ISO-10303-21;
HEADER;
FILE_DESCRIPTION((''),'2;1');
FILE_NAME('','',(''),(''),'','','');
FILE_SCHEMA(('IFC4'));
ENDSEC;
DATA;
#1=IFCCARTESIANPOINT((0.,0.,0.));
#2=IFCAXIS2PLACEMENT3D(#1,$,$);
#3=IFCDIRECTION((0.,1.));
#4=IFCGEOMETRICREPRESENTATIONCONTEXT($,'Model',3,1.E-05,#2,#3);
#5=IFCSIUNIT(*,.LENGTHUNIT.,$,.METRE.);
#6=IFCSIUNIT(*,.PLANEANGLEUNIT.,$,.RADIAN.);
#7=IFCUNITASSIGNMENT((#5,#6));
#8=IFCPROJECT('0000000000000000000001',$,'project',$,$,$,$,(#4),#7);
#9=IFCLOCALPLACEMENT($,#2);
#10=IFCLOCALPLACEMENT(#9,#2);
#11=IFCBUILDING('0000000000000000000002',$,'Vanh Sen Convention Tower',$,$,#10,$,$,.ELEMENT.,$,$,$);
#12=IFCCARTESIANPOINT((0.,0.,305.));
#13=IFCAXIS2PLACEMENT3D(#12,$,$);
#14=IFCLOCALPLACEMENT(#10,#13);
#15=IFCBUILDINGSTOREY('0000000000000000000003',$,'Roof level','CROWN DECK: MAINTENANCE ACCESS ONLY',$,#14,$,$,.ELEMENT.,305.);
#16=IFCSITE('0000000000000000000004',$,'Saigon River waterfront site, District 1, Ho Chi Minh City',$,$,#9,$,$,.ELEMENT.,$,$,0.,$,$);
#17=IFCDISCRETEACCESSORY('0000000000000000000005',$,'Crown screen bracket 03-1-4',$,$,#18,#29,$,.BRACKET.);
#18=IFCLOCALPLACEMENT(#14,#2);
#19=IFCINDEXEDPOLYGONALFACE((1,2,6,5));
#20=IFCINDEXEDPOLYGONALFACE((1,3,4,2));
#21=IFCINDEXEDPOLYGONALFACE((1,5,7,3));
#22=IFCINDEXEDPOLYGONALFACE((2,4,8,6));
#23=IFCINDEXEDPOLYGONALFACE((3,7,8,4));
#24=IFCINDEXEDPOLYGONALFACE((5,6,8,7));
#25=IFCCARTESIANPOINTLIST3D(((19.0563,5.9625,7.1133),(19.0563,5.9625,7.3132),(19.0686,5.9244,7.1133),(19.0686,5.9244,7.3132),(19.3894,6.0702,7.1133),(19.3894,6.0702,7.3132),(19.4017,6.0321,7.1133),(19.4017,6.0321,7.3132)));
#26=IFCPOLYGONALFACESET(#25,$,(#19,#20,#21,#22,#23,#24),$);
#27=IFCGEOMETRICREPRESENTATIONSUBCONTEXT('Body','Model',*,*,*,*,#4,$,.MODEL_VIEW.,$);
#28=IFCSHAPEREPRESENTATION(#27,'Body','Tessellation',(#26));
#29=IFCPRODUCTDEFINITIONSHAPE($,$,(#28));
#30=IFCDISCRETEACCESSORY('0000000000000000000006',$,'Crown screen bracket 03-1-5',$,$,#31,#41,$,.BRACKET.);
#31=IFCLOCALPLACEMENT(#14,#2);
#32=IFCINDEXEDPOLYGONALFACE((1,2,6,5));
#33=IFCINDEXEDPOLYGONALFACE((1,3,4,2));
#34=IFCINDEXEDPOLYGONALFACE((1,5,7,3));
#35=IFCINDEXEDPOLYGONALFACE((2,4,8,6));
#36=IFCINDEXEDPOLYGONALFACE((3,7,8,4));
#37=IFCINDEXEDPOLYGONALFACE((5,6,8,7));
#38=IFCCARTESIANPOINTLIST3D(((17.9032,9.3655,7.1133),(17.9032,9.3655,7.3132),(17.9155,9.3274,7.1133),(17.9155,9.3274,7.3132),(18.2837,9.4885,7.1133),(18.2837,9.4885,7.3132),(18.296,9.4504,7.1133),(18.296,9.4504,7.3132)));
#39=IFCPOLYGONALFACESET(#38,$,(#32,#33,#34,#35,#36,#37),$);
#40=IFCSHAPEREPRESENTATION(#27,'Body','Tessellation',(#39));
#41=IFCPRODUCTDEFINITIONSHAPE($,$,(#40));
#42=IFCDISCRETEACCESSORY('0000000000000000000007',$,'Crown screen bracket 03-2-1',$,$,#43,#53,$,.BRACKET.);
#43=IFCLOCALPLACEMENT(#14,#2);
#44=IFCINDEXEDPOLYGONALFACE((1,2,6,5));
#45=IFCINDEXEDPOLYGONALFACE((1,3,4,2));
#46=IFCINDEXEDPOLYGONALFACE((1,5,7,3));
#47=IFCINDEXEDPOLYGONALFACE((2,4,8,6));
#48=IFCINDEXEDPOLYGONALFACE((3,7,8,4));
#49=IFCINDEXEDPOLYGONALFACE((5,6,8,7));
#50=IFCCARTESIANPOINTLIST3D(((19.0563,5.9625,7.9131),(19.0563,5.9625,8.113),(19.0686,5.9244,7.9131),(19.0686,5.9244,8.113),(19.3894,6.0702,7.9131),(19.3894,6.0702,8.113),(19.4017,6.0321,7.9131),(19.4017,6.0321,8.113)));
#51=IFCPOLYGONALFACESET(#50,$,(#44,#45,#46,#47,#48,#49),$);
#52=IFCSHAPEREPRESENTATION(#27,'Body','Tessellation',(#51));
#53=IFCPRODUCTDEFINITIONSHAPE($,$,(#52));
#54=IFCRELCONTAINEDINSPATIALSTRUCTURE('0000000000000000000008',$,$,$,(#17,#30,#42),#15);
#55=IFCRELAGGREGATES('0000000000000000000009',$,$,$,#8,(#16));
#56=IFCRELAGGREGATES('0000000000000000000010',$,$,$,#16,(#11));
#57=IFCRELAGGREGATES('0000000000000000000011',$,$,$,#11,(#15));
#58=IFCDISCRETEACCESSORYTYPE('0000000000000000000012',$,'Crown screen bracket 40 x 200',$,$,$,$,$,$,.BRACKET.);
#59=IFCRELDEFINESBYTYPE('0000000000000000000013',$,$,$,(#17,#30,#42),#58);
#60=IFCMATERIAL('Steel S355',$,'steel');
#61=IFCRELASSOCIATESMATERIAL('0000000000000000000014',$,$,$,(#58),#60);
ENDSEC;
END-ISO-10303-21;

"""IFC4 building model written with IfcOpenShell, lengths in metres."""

from ifc_helpers import new_model, si_unit, direction, frame, origin, origin_2d, place, context, subcontext, project, spatial, rectangle, extrude, material, type_object, element, save


model = new_model("IFC4")

# Units and contexts
model_context = context("Model", 3, precision=1e-05, world=origin(), true_north=direction((0.0, 1.0)))
body_context = subcontext(model_context, "Body", "Model", "MODEL_VIEW")
ifc_project = project(units=[si_unit("LENGTHUNIT", "METRE"), si_unit("PLANEANGLEUNIT", "RADIAN")], contexts=[model_context])

# Site, building, storey
site_placement = place(None, origin())
site = spatial("IfcSite", under=ifc_project, at=site_placement, Name="Saigon River waterfront site, District 1, Ho Chi Minh City", CompositionType="ELEMENT", RefElevation=0.0)
building_placement = place(site_placement, origin())
building = spatial("IfcBuilding", under=site, at=building_placement, Name="Vanh Sen Convention Tower", CompositionType="ELEMENT")
storey_placement = place(building_placement, frame((0.0, 0.0, 305.0)))
storey = spatial("IfcBuildingStorey", under=building, at=storey_placement, Name="Roof level", Description="CROWN DECK: MAINTENANCE ACCESS ONLY", CompositionType="ELEMENT", Elevation=305.0)

# Discrete accessories
ifc_material_1 = material(Name="Steel S355", Category="steel")
discrete_accessory_type_1 = type_object("IfcDiscreteAccessoryType", Name="Crown screen bracket 40 x 200", PredefinedType="BRACKET", material=ifc_material_1)
discrete_accessory_1_placement = place(storey_placement, frame((19.229, 5.9973, 7.1133), z_axis=(0.0, 0.0, 1.0), x_axis=(0.951473, 0.307734, 0.0)))
element("IfcDiscreteAccessory", 1, at=discrete_accessory_1_placement, inside=storey, type_object=discrete_accessory_type_1, Name="Crown screen bracket 03-1-4", PredefinedType="BRACKET", context=body_context, shape_type="SweptSolid", body=[
    extrude(rectangle(XDim=0.3501, YDim=0.04, at=origin_2d()), origin(), (0.0, 0.0, 1.0), 0.2),
])
discrete_accessory_2_placement = place(storey_placement, frame((18.0996, 9.408, 7.1133), z_axis=(0.0, 0.0, 1.0), x_axis=(0.951473, 0.307734, 0.0)))
element("IfcDiscreteAccessory", 2, at=discrete_accessory_2_placement, inside=storey, type_object=discrete_accessory_type_1, Name="Crown screen bracket 03-1-5", PredefinedType="BRACKET", context=body_context, shape_type="SweptSolid", body=[
    extrude(rectangle(XDim=0.3999, YDim=0.04, at=origin_2d()), origin(), (0.0, 0.0, 1.0), 0.2),
])
discrete_accessory_3_placement = place(storey_placement, frame((19.229, 5.9973, 7.9131), z_axis=(0.0, 0.0, 1.0), x_axis=(0.951473, 0.307734, 0.0)))
element("IfcDiscreteAccessory", 3, at=discrete_accessory_3_placement, inside=storey, type_object=discrete_accessory_type_1, Name="Crown screen bracket 03-2-1", PredefinedType="BRACKET", context=body_context, shape_type="SweptSolid", body=[
    extrude(rectangle(XDim=0.3501, YDim=0.04, at=origin_2d()), origin(), (0.0, 0.0, 1.0), 0.2),
])

save(model, "model.ifc")
